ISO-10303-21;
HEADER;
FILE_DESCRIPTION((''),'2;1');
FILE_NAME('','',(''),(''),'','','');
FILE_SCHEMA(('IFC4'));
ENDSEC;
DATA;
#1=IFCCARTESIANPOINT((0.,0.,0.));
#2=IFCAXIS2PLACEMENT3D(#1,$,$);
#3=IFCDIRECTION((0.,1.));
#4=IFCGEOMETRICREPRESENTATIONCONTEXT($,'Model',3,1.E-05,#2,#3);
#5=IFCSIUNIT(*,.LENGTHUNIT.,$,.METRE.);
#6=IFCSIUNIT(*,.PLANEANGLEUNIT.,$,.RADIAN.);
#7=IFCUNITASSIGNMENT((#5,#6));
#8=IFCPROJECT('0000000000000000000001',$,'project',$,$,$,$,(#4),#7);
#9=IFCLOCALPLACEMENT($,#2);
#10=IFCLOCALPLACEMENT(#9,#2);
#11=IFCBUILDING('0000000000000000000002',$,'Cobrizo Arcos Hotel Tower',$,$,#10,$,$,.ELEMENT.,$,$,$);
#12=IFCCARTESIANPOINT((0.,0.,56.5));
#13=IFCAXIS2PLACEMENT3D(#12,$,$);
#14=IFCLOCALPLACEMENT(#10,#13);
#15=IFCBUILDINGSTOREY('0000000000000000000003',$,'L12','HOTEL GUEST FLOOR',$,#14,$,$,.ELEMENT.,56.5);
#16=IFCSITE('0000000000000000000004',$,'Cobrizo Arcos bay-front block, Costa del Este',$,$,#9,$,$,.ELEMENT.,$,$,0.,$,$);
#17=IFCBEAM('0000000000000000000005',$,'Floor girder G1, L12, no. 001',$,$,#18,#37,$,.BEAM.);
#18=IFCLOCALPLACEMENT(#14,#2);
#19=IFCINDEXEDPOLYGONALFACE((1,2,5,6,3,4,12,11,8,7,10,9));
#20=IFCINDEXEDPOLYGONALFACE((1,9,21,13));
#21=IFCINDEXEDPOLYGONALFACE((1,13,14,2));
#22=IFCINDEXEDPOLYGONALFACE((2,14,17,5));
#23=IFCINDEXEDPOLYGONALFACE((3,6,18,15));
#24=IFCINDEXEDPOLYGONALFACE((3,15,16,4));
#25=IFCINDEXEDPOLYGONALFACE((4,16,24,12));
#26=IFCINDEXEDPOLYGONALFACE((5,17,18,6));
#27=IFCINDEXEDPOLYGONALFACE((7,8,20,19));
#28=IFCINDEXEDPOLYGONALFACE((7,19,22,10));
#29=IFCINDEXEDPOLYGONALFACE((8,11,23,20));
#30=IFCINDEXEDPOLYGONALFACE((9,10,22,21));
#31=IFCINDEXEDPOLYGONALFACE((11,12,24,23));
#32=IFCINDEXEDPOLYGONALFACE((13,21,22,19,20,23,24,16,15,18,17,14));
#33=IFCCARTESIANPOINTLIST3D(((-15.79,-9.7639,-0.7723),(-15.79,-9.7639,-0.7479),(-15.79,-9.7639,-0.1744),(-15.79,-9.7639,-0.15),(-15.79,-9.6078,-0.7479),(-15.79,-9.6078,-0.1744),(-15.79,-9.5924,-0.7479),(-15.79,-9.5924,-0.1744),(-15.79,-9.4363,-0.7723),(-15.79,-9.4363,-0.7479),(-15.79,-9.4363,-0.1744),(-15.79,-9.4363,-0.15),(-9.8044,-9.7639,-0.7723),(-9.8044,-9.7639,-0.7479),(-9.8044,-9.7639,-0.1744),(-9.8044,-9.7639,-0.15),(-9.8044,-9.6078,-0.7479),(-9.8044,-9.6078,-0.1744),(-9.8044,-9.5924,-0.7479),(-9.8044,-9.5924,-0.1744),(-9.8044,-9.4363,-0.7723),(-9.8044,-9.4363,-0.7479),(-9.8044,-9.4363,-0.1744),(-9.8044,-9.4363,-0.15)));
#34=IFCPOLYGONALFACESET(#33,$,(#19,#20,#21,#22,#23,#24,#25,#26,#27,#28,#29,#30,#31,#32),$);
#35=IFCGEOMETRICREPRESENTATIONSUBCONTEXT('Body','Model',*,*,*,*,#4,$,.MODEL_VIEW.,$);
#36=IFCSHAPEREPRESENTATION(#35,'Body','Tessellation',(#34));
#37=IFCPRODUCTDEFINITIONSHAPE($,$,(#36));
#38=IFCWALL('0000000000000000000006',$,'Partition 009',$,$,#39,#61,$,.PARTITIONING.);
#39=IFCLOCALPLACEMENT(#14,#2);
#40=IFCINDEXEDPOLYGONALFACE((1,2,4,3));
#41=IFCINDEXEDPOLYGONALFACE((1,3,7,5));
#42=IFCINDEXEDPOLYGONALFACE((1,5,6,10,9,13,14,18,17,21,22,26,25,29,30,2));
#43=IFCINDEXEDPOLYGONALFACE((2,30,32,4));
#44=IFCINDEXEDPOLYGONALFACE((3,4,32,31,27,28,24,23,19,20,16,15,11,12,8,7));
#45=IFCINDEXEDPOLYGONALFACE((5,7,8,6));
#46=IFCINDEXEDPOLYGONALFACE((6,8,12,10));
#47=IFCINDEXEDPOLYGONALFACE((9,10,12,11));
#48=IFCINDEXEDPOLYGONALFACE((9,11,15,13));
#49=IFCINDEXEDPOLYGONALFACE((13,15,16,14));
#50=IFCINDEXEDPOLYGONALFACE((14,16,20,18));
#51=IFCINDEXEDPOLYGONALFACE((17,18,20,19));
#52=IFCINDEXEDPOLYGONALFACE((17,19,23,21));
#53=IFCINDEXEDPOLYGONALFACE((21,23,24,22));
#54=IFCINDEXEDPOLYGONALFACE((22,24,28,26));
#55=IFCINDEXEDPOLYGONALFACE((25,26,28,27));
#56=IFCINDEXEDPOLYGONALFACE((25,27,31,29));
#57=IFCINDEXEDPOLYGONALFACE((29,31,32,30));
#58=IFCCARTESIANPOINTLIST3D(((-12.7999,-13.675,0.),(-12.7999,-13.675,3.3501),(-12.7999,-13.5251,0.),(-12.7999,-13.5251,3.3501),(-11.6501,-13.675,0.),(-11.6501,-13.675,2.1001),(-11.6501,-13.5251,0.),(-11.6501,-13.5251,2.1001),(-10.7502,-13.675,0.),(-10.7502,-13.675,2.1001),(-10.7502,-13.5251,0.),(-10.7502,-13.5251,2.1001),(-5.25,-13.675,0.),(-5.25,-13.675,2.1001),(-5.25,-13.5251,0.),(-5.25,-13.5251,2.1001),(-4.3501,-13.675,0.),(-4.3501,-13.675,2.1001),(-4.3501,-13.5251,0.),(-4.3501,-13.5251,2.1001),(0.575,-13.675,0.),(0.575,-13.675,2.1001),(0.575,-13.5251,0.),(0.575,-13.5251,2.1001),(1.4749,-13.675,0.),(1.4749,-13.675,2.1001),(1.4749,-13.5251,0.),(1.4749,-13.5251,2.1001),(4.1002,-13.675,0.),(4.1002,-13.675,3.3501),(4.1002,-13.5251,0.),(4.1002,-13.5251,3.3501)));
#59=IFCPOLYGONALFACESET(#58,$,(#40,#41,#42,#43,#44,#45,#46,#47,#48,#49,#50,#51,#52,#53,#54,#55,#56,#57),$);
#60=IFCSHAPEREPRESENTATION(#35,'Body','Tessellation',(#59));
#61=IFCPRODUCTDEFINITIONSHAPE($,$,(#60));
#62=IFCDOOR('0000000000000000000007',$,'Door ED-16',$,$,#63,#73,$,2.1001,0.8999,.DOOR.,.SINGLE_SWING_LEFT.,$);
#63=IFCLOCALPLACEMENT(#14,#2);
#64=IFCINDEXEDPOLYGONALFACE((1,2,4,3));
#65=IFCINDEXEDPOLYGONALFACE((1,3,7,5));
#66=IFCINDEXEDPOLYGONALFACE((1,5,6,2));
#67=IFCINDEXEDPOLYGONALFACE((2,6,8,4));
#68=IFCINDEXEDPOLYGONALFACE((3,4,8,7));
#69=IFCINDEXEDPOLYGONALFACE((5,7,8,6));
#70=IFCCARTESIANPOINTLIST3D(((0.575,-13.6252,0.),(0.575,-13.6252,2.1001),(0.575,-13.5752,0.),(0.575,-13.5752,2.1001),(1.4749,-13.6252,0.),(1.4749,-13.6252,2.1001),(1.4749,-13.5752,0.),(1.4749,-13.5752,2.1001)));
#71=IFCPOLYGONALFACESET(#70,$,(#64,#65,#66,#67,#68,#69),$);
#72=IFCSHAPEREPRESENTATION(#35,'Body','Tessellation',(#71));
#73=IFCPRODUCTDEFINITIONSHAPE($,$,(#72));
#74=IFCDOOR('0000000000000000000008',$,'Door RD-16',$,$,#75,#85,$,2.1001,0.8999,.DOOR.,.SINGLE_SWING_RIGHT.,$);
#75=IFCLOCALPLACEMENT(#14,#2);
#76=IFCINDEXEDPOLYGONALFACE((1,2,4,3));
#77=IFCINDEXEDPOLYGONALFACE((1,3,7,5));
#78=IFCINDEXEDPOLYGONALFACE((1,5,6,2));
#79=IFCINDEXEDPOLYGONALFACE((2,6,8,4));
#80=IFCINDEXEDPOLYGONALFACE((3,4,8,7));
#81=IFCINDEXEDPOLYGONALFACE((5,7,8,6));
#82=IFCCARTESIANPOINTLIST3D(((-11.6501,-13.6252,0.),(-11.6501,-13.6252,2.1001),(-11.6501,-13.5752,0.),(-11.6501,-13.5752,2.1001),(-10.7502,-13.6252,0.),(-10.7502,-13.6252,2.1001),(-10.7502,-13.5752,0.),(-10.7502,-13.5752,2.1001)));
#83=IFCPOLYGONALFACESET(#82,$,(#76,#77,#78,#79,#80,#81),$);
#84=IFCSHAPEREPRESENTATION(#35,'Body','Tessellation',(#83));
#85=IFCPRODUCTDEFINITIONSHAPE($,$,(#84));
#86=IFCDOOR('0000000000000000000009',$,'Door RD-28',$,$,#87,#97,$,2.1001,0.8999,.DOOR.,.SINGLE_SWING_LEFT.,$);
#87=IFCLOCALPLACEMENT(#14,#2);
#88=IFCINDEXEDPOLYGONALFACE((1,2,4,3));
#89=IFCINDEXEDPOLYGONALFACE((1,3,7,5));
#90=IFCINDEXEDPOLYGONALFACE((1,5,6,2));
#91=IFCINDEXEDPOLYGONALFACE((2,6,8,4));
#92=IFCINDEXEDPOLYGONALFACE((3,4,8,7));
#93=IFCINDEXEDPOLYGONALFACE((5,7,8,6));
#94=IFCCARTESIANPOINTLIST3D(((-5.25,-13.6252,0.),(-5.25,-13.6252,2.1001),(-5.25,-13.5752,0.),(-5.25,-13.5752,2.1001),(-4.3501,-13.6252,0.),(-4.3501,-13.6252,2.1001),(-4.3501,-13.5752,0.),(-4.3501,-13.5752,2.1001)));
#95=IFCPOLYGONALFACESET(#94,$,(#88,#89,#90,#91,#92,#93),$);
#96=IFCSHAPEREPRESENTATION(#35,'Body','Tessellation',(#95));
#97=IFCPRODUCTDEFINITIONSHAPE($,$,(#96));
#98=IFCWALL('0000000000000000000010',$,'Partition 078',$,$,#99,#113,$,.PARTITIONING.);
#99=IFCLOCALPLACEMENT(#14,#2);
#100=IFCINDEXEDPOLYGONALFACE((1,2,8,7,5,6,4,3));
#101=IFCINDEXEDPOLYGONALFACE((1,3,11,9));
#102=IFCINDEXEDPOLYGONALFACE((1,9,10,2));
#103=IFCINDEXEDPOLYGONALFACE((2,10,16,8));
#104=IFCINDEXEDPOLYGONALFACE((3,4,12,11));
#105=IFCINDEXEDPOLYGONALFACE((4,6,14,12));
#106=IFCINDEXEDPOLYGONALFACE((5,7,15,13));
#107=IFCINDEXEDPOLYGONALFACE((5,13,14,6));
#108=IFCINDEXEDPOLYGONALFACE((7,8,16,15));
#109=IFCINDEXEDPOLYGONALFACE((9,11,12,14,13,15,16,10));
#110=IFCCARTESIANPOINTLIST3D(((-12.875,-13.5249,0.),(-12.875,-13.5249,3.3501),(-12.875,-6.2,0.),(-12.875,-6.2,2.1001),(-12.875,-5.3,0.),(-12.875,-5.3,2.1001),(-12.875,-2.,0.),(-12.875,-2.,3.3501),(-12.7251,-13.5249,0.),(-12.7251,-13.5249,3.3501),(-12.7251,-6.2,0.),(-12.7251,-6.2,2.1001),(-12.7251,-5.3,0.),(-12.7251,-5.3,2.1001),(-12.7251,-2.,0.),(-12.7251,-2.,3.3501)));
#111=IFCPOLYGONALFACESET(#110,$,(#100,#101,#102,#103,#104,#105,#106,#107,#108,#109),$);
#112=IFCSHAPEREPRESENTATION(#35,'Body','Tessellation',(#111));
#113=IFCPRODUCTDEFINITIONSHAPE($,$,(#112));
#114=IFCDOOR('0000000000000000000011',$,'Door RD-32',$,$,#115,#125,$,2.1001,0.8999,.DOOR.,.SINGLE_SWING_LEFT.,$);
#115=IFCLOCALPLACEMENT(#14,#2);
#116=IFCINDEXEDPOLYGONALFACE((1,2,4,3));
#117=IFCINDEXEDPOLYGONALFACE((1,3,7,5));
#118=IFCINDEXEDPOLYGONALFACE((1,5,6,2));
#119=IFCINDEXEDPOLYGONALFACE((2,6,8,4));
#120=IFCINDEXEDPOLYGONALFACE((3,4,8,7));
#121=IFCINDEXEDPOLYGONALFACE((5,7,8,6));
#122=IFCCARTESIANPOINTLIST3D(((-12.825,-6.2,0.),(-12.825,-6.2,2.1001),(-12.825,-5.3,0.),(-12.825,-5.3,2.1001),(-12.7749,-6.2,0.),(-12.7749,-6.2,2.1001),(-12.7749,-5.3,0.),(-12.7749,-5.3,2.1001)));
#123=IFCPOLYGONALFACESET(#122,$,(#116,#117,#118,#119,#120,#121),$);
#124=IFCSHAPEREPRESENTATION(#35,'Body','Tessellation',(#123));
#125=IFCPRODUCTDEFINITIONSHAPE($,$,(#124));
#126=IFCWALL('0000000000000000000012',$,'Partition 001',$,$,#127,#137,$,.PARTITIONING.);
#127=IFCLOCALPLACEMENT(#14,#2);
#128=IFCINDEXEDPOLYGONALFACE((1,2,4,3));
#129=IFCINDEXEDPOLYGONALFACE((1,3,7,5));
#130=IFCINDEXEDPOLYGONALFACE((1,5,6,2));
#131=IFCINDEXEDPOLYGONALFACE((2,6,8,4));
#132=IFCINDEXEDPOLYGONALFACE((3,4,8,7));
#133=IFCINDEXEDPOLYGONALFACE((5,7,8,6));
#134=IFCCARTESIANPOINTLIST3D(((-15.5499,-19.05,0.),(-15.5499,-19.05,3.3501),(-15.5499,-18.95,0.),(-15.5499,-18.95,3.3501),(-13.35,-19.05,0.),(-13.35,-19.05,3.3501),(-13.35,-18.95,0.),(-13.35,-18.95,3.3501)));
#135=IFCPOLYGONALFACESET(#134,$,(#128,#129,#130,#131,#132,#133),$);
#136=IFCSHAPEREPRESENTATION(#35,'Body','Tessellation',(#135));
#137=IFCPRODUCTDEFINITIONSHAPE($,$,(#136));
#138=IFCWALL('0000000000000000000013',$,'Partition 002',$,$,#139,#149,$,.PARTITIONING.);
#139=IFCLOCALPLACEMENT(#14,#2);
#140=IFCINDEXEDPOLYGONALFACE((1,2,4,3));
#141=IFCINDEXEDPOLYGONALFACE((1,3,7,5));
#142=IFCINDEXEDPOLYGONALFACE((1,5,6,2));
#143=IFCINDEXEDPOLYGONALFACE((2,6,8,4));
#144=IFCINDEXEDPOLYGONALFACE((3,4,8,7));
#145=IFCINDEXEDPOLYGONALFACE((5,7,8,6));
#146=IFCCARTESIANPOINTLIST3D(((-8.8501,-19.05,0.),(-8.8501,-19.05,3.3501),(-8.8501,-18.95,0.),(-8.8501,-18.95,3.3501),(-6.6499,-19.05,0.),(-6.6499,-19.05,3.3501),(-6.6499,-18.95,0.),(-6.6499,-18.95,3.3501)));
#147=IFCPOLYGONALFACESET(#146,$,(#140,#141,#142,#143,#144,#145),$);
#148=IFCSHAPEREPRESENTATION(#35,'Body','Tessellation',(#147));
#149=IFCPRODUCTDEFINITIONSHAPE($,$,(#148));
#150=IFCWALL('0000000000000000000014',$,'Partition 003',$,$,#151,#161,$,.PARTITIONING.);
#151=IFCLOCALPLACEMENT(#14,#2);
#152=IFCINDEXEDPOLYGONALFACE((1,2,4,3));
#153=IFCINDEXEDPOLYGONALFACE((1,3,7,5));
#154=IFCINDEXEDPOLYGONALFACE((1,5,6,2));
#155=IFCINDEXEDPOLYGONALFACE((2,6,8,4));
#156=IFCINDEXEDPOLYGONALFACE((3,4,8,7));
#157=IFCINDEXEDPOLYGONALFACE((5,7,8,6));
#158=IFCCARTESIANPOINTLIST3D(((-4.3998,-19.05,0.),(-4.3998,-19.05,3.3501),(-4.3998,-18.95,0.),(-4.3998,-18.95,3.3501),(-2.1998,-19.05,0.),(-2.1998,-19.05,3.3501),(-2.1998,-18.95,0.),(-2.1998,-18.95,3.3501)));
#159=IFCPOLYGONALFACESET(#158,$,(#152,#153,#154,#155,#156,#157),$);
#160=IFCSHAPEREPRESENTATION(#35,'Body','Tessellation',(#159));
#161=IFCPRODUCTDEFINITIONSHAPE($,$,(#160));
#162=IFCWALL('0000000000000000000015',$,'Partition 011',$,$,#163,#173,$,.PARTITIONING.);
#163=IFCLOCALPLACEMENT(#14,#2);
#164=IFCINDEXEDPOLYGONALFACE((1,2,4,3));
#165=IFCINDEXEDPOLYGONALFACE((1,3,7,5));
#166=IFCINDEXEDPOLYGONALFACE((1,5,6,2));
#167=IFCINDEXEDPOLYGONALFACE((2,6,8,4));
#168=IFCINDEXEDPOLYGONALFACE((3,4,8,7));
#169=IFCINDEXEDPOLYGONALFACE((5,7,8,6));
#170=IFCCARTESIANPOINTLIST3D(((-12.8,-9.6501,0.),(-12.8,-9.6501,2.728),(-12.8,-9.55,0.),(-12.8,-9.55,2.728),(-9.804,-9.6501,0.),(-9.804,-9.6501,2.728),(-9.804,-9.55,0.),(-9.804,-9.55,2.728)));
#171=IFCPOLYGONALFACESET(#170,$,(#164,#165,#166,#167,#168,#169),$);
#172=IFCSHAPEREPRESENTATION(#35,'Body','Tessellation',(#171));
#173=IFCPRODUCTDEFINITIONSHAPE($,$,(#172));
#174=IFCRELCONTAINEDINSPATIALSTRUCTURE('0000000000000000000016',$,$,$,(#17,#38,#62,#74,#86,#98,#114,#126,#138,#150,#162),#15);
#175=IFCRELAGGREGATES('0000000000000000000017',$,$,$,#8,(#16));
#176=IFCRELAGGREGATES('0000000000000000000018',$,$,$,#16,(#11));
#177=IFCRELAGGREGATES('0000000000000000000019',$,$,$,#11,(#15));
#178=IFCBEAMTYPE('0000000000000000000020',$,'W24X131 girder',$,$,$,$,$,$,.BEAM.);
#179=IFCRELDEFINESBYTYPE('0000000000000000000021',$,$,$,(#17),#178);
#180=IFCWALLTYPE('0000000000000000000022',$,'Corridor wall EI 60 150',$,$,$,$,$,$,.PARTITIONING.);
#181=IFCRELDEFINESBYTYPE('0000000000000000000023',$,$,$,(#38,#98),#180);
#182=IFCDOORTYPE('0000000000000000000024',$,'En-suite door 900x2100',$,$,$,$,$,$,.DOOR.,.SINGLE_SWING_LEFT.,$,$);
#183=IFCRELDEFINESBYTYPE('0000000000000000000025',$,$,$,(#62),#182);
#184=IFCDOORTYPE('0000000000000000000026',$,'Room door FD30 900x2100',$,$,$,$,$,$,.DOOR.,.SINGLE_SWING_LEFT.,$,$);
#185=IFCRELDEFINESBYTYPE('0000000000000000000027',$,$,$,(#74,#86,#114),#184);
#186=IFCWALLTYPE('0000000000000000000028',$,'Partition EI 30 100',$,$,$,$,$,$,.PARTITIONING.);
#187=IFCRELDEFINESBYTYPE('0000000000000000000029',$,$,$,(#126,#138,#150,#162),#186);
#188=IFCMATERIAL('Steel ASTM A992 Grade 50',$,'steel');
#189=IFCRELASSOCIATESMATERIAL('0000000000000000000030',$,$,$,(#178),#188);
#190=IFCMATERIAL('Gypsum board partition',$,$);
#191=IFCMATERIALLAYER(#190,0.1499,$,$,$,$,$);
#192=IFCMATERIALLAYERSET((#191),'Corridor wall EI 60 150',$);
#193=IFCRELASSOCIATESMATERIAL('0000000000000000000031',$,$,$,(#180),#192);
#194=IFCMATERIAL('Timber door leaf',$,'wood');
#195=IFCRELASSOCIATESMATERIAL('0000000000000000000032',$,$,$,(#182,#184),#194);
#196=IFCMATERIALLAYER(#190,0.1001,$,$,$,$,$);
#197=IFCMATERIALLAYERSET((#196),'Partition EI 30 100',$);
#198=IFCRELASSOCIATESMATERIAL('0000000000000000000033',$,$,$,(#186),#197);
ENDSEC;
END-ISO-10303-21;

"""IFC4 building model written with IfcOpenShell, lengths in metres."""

from ifc_helpers import new_model, si_unit, direction, frame, frame_2d, origin, origin_2d, place, context, subcontext, project, spatial, rectangle, i_section, extrude, material, layer, layer_set, material_profile, profile_set, type_object, element, fill, save


model = new_model("IFC4")

# Units and contexts
model_context = context("Model", 3, precision=1e-05, world=origin(), true_north=direction((0.0, 1.0)))
body_context = subcontext(model_context, "Body", "Model", "MODEL_VIEW")
ifc_project = project(units=[si_unit("LENGTHUNIT", "METRE"), si_unit("PLANEANGLEUNIT", "RADIAN")], contexts=[model_context])

# Site, building, storey
site_placement = place(None, origin())
site = spatial("IfcSite", under=ifc_project, at=site_placement, Name="Cobrizo Arcos bay-front block, Costa del Este", CompositionType="ELEMENT", RefElevation=0.0)
building_placement = place(site_placement, origin())
building = spatial("IfcBuilding", under=site, at=building_placement, Name="Cobrizo Arcos Hotel Tower", CompositionType="ELEMENT")
storey_placement = place(building_placement, frame((0.0, 0.0, 56.5)))
storey = spatial("IfcBuildingStorey", under=building, at=storey_placement, Name="L12", Description="HOTEL GUEST FLOOR", CompositionType="ELEMENT", Elevation=56.5)

# Beam
ifc_material_1 = material(Name="Steel ASTM A992 Grade 50", Category="steel")
ifc_material_profile = material_profile(ifc_material_1, i_section(OverallWidth=0.3276, OverallDepth=0.6223, WebThickness=0.0154, FlangeThickness=0.0244, at=origin_2d()), Name="W24X131")
ifc_profile_set = profile_set([ifc_material_profile], Name="Steel ASTM A992 Grade 50")
beam_type = type_object("IfcBeamType", Name="W24X131 girder", PredefinedType="BEAM", material=ifc_profile_set)
beam_placement = place(storey_placement, frame((-15.79, -9.6001, -0.4612), z_axis=(1.0, 0.0, 0.0), x_axis=(0.0, 1.0, 0.0)))
element("IfcBeam", 1, at=beam_placement, inside=storey, type_object=beam_type, Name="Floor girder G1, L12, no. 001", PredefinedType="BEAM", context=body_context, shape_type="SweptSolid", body=[
    extrude(i_section(OverallWidth=0.3276, OverallDepth=0.6223, WebThickness=0.0154, FlangeThickness=0.0244, at=origin_2d()), origin(), (0.0, 0.0, 1.0), 5.9856),
])

# Wall, openings, doors
ifc_material_2 = material(Name="Gypsum board partition")
ifc_layer_1 = layer(ifc_material_2, 0.1499)
ifc_layer_set_1 = layer_set([ifc_layer_1], Name="Corridor wall EI 60 150")
wall_type_1 = type_object("IfcWallType", Name="Corridor wall EI 60 150", PredefinedType="PARTITIONING", material=ifc_layer_set_1)
wall_1_placement = place(storey_placement, frame((-12.8, -13.6001, 0.0), z_axis=(0.0, 0.0, 1.0), x_axis=(1.0, 0.0, 0.0)))
wall_1 = element("IfcWall", 2, at=wall_1_placement, inside=storey, type_object=wall_type_1, Name="Partition 009", PredefinedType="PARTITIONING", context=body_context, shape_type="SweptSolid", body=[
    extrude(rectangle(XDim=16.9001, YDim=0.1499, at=frame_2d((8.4502, 0.0))), origin(), (0.0, 0.0, 1.0), 3.3501),
])
opening_1_placement = place(wall_1_placement, frame((1.1499, 0.0, 0.0)))
opening_1 = element("IfcOpeningElement", 3, at=opening_1_placement, cuts=wall_1, PredefinedType="OPENING", context=body_context, shape_type="SweptSolid", body=[
    extrude(rectangle(XDim=0.8999, YDim=2.1001, at=frame_2d((0.45, 1.05))), frame((0.0, 0.0869, 0.0), z_axis=(0.0, -1.0, 0.0), x_axis=(1.0, 0.0, 0.0)), (0.0, 0.0, 1.0), 0.1738),
])
opening_2_placement = place(wall_1_placement, frame((13.375, 0.0, 0.0)))
opening_2 = element("IfcOpeningElement", 4, at=opening_2_placement, cuts=wall_1, PredefinedType="OPENING", context=body_context, shape_type="SweptSolid", body=[
    extrude(rectangle(XDim=0.8999, YDim=2.1001, at=frame_2d((0.45, 1.05))), frame((0.0, 0.0869, 0.0), z_axis=(0.0, -1.0, 0.0), x_axis=(1.0, 0.0, 0.0)), (0.0, 0.0, 1.0), 0.1738),
])
opening_3_placement = place(wall_1_placement, frame((7.55, 0.0, 0.0)))
opening_3 = element("IfcOpeningElement", 5, at=opening_3_placement, cuts=wall_1, PredefinedType="OPENING", context=body_context, shape_type="SweptSolid", body=[
    extrude(rectangle(XDim=0.8999, YDim=2.1001, at=frame_2d((0.45, 1.05))), frame((0.0, 0.0869, 0.0), z_axis=(0.0, -1.0, 0.0), x_axis=(1.0, 0.0, 0.0)), (0.0, 0.0, 1.0), 0.1738),
])
ifc_material_3 = material(Name="Timber door leaf", Category="wood")
door_type_1 = type_object("IfcDoorType", Name="En-suite door 900x2100", OperationType="SINGLE_SWING_LEFT", PredefinedType="DOOR", material=ifc_material_3)
door_1_placement = place(opening_2_placement, origin())
door_1 = element("IfcDoor", 6, at=door_1_placement, inside=storey, type_object=door_type_1, Name="Door ED-16", OperationType="SINGLE_SWING_LEFT", OverallHeight=2.1001, OverallWidth=0.8999, PredefinedType="DOOR", context=body_context, shape_type="SweptSolid", body=[
    extrude(rectangle(XDim=0.8999, YDim=2.1001, at=frame_2d((0.45, 1.05))), frame((0.0, 0.0249, 0.0), z_axis=(0.0, -1.0, 0.0), x_axis=(1.0, 0.0, 0.0)), (0.0, 0.0, 1.0), 0.05),
])
fill(opening_2, door_1)
door_type_2 = type_object("IfcDoorType", Name="Room door FD30 900x2100", OperationType="SINGLE_SWING_LEFT", PredefinedType="DOOR", material=ifc_material_3)
door_2_placement = place(opening_1_placement, origin())
door_2 = element("IfcDoor", 7, at=door_2_placement, inside=storey, type_object=door_type_2, Name="Door RD-16", OperationType="SINGLE_SWING_RIGHT", OverallHeight=2.1001, OverallWidth=0.8999, PredefinedType="DOOR", context=body_context, shape_type="SweptSolid", body=[
    extrude(rectangle(XDim=0.8999, YDim=2.1001, at=frame_2d((0.45, 1.05))), frame((0.0, 0.0249, 0.0), z_axis=(0.0, -1.0, 0.0), x_axis=(1.0, 0.0, 0.0)), (0.0, 0.0, 1.0), 0.05),
])
fill(opening_1, door_2)
door_3_placement = place(opening_3_placement, origin())
door_3 = element("IfcDoor", 8, at=door_3_placement, inside=storey, type_object=door_type_2, Name="Door RD-28", OperationType="SINGLE_SWING_LEFT", OverallHeight=2.1001, OverallWidth=0.8999, PredefinedType="DOOR", context=body_context, shape_type="SweptSolid", body=[
    extrude(rectangle(XDim=0.8999, YDim=2.1001, at=frame_2d((0.45, 1.05))), frame((0.0, 0.0249, 0.0), z_axis=(0.0, -1.0, 0.0), x_axis=(1.0, 0.0, 0.0)), (0.0, 0.0, 1.0), 0.05),
])
fill(opening_3, door_3)

# Wall, opening, door
wall_2_placement = place(storey_placement, frame((-12.8, -13.5249, 0.0), z_axis=(0.0, 0.0, 1.0), x_axis=(0.0, 1.0, 0.0)))
wall_2 = element("IfcWall", 9, at=wall_2_placement, inside=storey, type_object=wall_type_1, Name="Partition 078", PredefinedType="PARTITIONING", context=body_context, shape_type="SweptSolid", body=[
    extrude(rectangle(XDim=11.5249, YDim=0.1499, at=frame_2d((5.7625, 0.0))), origin(), (0.0, 0.0, 1.0), 3.3501),
])
opening_4_placement = place(wall_2_placement, frame((7.325, 0.0, 0.0)))
opening_4 = element("IfcOpeningElement", 10, at=opening_4_placement, cuts=wall_2, PredefinedType="OPENING", context=body_context, shape_type="SweptSolid", body=[
    extrude(rectangle(XDim=0.8999, YDim=2.1001, at=frame_2d((0.45, 1.05))), frame((0.0, 0.0869, 0.0), z_axis=(0.0, -1.0, 0.0), x_axis=(1.0, 0.0, 0.0)), (0.0, 0.0, 1.0), 0.1738),
])
door_4_placement = place(opening_4_placement, origin())
door_4 = element("IfcDoor", 11, at=door_4_placement, inside=storey, type_object=door_type_2, Name="Door RD-32", OperationType="SINGLE_SWING_LEFT", OverallHeight=2.1001, OverallWidth=0.8999, PredefinedType="DOOR", context=body_context, shape_type="SweptSolid", body=[
    extrude(rectangle(XDim=0.8999, YDim=2.1001, at=frame_2d((0.45, 1.05))), frame((0.0, 0.0249, 0.0), z_axis=(0.0, -1.0, 0.0), x_axis=(1.0, 0.0, 0.0)), (0.0, 0.0, 1.0), 0.05),
])
fill(opening_4, door_4)

# Walls
ifc_layer_2 = layer(ifc_material_2, 0.1001)
ifc_layer_set_2 = layer_set([ifc_layer_2], Name="Partition EI 30 100")
wall_type_2 = type_object("IfcWallType", Name="Partition EI 30 100", PredefinedType="PARTITIONING", material=ifc_layer_set_2)
wall_3_placement = place(storey_placement, frame((-15.55, -19.0, 0.0), z_axis=(0.0, 0.0, 1.0), x_axis=(1.0, 0.0, 0.0)))
element("IfcWall", 12, at=wall_3_placement, inside=storey, type_object=wall_type_2, Name="Partition 001", PredefinedType="PARTITIONING", context=body_context, shape_type="SweptSolid", body=[
    extrude(rectangle(XDim=2.2, YDim=0.1001, at=frame_2d((1.1001, 0.0))), origin(), (0.0, 0.0, 1.0), 3.3501),
])
wall_4_placement = place(storey_placement, frame((-8.8501, -19.0, 0.0), z_axis=(0.0, 0.0, 1.0), x_axis=(1.0, 0.0, 0.0)))
element("IfcWall", 13, at=wall_4_placement, inside=storey, type_object=wall_type_2, Name="Partition 002", PredefinedType="PARTITIONING", context=body_context, shape_type="SweptSolid", body=[
    extrude(rectangle(XDim=2.2002, YDim=0.1001, at=frame_2d((1.1001, 0.0))), origin(), (0.0, 0.0, 1.0), 3.3501),
])
wall_5_placement = place(storey_placement, frame((-4.3999, -19.0, 0.0), z_axis=(0.0, 0.0, 1.0), x_axis=(1.0, 0.0, 0.0)))
element("IfcWall", 14, at=wall_5_placement, inside=storey, type_object=wall_type_2, Name="Partition 003", PredefinedType="PARTITIONING", context=body_context, shape_type="SweptSolid", body=[
    extrude(rectangle(XDim=2.2, YDim=0.1001, at=frame_2d((1.1001, 0.0))), origin(), (0.0, 0.0, 1.0), 3.3501),
])
wall_6_placement = place(storey_placement, frame((-12.8, -9.6001, 0.0), z_axis=(0.0, 0.0, 1.0), x_axis=(1.0, 0.0, 0.0)))
element("IfcWall", 15, at=wall_6_placement, inside=storey, type_object=wall_type_2, Name="Partition 011", PredefinedType="PARTITIONING", context=body_context, shape_type="SweptSolid", body=[
    extrude(rectangle(XDim=2.9961, YDim=0.1001, at=frame_2d((1.498, 0.0))), origin(), (0.0, 0.0, 1.0), 2.728),
])

save(model, "model.ifc")
